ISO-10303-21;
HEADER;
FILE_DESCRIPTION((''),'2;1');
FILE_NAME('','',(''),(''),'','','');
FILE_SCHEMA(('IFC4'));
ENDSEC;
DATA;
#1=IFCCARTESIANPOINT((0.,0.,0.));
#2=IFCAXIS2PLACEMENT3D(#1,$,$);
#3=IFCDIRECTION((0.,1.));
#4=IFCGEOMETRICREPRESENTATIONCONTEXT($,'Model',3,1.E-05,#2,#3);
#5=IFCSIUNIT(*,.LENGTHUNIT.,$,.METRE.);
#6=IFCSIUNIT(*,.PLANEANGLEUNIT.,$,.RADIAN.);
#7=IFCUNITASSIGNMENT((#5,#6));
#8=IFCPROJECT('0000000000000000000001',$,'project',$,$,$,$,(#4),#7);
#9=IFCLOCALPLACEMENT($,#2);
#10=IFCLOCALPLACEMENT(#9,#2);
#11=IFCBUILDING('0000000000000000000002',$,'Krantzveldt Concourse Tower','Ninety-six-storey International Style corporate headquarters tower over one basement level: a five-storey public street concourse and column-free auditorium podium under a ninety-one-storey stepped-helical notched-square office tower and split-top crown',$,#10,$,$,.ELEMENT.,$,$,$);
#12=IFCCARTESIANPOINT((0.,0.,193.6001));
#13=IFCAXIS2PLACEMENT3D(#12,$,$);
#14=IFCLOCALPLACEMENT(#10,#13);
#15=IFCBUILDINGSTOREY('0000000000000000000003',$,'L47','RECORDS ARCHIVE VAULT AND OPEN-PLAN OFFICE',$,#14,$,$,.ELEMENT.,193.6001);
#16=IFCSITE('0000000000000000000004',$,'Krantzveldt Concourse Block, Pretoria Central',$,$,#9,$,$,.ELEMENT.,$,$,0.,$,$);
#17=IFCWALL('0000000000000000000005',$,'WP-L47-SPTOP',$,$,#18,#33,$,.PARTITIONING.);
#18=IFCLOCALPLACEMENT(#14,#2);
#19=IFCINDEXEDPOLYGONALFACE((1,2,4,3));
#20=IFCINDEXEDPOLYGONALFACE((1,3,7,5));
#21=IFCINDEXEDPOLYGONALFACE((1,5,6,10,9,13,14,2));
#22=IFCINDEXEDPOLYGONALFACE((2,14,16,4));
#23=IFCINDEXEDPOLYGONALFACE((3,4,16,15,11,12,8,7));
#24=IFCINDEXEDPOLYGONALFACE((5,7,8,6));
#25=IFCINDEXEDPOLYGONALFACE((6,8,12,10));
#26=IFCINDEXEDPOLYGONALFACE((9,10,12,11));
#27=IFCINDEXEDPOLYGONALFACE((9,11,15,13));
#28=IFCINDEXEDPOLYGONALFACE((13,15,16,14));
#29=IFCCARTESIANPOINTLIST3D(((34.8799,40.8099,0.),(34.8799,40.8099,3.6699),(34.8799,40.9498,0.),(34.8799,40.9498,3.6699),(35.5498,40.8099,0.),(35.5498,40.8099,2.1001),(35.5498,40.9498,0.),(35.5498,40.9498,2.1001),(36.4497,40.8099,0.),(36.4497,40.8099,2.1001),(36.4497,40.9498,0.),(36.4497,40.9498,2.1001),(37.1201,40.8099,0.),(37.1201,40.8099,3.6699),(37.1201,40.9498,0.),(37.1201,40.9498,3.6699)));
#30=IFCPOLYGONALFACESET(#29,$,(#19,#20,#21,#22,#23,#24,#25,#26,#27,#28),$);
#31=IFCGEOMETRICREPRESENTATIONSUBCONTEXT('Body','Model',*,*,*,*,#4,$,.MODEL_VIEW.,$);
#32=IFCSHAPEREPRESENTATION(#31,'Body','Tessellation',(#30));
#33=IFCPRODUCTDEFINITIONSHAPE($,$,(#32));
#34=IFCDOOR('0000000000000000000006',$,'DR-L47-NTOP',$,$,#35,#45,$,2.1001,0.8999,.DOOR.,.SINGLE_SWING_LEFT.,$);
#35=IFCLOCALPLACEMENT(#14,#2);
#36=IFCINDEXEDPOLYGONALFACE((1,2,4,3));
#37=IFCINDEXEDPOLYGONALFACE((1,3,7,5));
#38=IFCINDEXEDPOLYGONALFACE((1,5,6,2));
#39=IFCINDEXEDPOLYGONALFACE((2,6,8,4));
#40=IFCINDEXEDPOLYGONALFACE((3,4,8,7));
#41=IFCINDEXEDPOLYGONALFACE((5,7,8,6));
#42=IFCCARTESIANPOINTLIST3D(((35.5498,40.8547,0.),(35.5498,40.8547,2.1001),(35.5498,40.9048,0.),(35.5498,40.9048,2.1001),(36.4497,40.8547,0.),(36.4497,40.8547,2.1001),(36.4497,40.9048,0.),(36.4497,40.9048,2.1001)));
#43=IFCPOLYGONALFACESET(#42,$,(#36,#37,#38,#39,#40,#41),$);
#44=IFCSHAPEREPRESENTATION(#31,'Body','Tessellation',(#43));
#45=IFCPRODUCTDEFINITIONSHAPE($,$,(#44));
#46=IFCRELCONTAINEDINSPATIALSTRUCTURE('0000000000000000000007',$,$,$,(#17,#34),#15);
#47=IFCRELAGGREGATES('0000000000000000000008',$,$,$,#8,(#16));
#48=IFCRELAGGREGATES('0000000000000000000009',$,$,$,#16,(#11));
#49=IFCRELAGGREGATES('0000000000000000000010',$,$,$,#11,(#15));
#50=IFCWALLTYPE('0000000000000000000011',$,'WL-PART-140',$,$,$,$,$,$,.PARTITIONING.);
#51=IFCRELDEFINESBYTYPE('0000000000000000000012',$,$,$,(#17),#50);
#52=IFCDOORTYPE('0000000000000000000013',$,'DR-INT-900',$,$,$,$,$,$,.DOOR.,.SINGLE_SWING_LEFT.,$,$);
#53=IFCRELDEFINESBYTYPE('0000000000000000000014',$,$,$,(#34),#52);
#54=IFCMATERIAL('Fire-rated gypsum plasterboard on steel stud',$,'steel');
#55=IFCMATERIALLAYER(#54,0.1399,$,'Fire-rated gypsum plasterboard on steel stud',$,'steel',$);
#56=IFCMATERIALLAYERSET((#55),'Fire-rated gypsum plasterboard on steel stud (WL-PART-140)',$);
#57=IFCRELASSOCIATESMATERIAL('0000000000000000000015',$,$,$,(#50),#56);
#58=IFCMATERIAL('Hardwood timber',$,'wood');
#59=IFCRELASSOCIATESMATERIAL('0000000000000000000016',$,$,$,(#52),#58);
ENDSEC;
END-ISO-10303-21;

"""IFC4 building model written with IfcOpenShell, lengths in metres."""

from ifc_helpers import new_model, si_unit, direction, frame, frame_2d, origin, place, context, subcontext, project, spatial, rectangle, extrude, material, layer, layer_set, type_object, element, fill, save


model = new_model("IFC4")

# Units and contexts
model_context = context("Model", 3, precision=1e-05, world=origin(), true_north=direction((0.0, 1.0)))
body_context = subcontext(model_context, "Body", "Model", "MODEL_VIEW")
ifc_project = project(units=[si_unit("LENGTHUNIT", "METRE"), si_unit("PLANEANGLEUNIT", "RADIAN")], contexts=[model_context])

# Site, building, storey
site_placement = place(None, origin())
site = spatial("IfcSite", under=ifc_project, at=site_placement, Name="Krantzveldt Concourse Block, Pretoria Central", CompositionType="ELEMENT", RefElevation=0.0)
building_placement = place(site_placement, origin())
building = spatial("IfcBuilding", under=site, at=building_placement, Name="Krantzveldt Concourse Tower", Description="Ninety-six-storey International Style corporate headquarters tower over one basement level: a five-storey public street concourse and column-free auditorium podium under a ninety-one-storey stepped-helical notched-square office tower and split-top crown", CompositionType="ELEMENT")
storey_placement = place(building_placement, frame((0.0, 0.0, 193.6001)))
storey = spatial("IfcBuildingStorey", under=building, at=storey_placement, Name="L47", Description="RECORDS ARCHIVE VAULT AND OPEN-PLAN OFFICE", CompositionType="ELEMENT", Elevation=193.6001)

# Shared definitions
ifc_material_1 = material(Name="Fire-rated gypsum plasterboard on steel stud", Category="steel")

# Wall, opening, door
ifc_layer_1 = layer(ifc_material_1, 0.1399, Name="Fire-rated gypsum plasterboard on steel stud", Category="steel")
ifc_layer_set_1 = layer_set([ifc_layer_1], Name="Fire-rated gypsum plasterboard on steel stud (WL-PART-140)")
wall_type_1 = type_object("IfcWallType", Name="WL-PART-140", PredefinedType="PARTITIONING", material=ifc_layer_set_1)
wall_1_placement = place(storey_placement, frame((34.8799, 40.8799, 0.0), z_axis=(0.0, 0.0, 1.0), x_axis=(1.0, 0.0, 0.0)))
wall_1 = element("IfcWall", 1, at=wall_1_placement, inside=storey, type_object=wall_type_1, Name="WP-L47-SPTOP", PredefinedType="PARTITIONING", context=body_context, shape_type="SweptSolid", body=[
    extrude(rectangle(XDim=2.2402, YDim=0.1399, at=frame_2d((1.1201, 0.0))), origin(), (0.0, 0.0, 1.0), 3.6699),
])
opening_placement = place(wall_1_placement, frame((0.6699, 0.0, 0.0)))
opening = element("IfcOpeningElement", 2, at=opening_placement, cuts=wall_1, PredefinedType="OPENING", context=body_context, shape_type="SweptSolid", body=[
    extrude(rectangle(XDim=0.8999, YDim=2.1001, at=frame_2d((0.45, 1.05))), frame((0.0, 0.0801, 0.0), z_axis=(0.0, -1.0, 0.0), x_axis=(1.0, 0.0, 0.0)), (0.0, 0.0, 1.0), 0.1599),
])
ifc_material_2 = material(Name="Hardwood timber", Category="wood")
door_type = type_object("IfcDoorType", Name="DR-INT-900", OperationType="SINGLE_SWING_LEFT", PredefinedType="DOOR", material=ifc_material_2)
door_placement = place(opening_placement, origin())
door = element("IfcDoor", 3, at=door_placement, inside=storey, type_object=door_type, Name="DR-L47-NTOP", OperationType="SINGLE_SWING_LEFT", OverallHeight=2.1001, OverallWidth=0.8999, PredefinedType="DOOR", context=body_context, shape_type="SweptSolid", body=[
    extrude(rectangle(XDim=0.8999, YDim=2.1001, at=frame_2d((0.45, 1.05))), frame((0.0, 0.0249, 0.0), z_axis=(0.0, -1.0, 0.0), x_axis=(1.0, 0.0, 0.0)), (0.0, 0.0, 1.0), 0.05),
])
fill(opening, door)

save(model, "model.ifc")
